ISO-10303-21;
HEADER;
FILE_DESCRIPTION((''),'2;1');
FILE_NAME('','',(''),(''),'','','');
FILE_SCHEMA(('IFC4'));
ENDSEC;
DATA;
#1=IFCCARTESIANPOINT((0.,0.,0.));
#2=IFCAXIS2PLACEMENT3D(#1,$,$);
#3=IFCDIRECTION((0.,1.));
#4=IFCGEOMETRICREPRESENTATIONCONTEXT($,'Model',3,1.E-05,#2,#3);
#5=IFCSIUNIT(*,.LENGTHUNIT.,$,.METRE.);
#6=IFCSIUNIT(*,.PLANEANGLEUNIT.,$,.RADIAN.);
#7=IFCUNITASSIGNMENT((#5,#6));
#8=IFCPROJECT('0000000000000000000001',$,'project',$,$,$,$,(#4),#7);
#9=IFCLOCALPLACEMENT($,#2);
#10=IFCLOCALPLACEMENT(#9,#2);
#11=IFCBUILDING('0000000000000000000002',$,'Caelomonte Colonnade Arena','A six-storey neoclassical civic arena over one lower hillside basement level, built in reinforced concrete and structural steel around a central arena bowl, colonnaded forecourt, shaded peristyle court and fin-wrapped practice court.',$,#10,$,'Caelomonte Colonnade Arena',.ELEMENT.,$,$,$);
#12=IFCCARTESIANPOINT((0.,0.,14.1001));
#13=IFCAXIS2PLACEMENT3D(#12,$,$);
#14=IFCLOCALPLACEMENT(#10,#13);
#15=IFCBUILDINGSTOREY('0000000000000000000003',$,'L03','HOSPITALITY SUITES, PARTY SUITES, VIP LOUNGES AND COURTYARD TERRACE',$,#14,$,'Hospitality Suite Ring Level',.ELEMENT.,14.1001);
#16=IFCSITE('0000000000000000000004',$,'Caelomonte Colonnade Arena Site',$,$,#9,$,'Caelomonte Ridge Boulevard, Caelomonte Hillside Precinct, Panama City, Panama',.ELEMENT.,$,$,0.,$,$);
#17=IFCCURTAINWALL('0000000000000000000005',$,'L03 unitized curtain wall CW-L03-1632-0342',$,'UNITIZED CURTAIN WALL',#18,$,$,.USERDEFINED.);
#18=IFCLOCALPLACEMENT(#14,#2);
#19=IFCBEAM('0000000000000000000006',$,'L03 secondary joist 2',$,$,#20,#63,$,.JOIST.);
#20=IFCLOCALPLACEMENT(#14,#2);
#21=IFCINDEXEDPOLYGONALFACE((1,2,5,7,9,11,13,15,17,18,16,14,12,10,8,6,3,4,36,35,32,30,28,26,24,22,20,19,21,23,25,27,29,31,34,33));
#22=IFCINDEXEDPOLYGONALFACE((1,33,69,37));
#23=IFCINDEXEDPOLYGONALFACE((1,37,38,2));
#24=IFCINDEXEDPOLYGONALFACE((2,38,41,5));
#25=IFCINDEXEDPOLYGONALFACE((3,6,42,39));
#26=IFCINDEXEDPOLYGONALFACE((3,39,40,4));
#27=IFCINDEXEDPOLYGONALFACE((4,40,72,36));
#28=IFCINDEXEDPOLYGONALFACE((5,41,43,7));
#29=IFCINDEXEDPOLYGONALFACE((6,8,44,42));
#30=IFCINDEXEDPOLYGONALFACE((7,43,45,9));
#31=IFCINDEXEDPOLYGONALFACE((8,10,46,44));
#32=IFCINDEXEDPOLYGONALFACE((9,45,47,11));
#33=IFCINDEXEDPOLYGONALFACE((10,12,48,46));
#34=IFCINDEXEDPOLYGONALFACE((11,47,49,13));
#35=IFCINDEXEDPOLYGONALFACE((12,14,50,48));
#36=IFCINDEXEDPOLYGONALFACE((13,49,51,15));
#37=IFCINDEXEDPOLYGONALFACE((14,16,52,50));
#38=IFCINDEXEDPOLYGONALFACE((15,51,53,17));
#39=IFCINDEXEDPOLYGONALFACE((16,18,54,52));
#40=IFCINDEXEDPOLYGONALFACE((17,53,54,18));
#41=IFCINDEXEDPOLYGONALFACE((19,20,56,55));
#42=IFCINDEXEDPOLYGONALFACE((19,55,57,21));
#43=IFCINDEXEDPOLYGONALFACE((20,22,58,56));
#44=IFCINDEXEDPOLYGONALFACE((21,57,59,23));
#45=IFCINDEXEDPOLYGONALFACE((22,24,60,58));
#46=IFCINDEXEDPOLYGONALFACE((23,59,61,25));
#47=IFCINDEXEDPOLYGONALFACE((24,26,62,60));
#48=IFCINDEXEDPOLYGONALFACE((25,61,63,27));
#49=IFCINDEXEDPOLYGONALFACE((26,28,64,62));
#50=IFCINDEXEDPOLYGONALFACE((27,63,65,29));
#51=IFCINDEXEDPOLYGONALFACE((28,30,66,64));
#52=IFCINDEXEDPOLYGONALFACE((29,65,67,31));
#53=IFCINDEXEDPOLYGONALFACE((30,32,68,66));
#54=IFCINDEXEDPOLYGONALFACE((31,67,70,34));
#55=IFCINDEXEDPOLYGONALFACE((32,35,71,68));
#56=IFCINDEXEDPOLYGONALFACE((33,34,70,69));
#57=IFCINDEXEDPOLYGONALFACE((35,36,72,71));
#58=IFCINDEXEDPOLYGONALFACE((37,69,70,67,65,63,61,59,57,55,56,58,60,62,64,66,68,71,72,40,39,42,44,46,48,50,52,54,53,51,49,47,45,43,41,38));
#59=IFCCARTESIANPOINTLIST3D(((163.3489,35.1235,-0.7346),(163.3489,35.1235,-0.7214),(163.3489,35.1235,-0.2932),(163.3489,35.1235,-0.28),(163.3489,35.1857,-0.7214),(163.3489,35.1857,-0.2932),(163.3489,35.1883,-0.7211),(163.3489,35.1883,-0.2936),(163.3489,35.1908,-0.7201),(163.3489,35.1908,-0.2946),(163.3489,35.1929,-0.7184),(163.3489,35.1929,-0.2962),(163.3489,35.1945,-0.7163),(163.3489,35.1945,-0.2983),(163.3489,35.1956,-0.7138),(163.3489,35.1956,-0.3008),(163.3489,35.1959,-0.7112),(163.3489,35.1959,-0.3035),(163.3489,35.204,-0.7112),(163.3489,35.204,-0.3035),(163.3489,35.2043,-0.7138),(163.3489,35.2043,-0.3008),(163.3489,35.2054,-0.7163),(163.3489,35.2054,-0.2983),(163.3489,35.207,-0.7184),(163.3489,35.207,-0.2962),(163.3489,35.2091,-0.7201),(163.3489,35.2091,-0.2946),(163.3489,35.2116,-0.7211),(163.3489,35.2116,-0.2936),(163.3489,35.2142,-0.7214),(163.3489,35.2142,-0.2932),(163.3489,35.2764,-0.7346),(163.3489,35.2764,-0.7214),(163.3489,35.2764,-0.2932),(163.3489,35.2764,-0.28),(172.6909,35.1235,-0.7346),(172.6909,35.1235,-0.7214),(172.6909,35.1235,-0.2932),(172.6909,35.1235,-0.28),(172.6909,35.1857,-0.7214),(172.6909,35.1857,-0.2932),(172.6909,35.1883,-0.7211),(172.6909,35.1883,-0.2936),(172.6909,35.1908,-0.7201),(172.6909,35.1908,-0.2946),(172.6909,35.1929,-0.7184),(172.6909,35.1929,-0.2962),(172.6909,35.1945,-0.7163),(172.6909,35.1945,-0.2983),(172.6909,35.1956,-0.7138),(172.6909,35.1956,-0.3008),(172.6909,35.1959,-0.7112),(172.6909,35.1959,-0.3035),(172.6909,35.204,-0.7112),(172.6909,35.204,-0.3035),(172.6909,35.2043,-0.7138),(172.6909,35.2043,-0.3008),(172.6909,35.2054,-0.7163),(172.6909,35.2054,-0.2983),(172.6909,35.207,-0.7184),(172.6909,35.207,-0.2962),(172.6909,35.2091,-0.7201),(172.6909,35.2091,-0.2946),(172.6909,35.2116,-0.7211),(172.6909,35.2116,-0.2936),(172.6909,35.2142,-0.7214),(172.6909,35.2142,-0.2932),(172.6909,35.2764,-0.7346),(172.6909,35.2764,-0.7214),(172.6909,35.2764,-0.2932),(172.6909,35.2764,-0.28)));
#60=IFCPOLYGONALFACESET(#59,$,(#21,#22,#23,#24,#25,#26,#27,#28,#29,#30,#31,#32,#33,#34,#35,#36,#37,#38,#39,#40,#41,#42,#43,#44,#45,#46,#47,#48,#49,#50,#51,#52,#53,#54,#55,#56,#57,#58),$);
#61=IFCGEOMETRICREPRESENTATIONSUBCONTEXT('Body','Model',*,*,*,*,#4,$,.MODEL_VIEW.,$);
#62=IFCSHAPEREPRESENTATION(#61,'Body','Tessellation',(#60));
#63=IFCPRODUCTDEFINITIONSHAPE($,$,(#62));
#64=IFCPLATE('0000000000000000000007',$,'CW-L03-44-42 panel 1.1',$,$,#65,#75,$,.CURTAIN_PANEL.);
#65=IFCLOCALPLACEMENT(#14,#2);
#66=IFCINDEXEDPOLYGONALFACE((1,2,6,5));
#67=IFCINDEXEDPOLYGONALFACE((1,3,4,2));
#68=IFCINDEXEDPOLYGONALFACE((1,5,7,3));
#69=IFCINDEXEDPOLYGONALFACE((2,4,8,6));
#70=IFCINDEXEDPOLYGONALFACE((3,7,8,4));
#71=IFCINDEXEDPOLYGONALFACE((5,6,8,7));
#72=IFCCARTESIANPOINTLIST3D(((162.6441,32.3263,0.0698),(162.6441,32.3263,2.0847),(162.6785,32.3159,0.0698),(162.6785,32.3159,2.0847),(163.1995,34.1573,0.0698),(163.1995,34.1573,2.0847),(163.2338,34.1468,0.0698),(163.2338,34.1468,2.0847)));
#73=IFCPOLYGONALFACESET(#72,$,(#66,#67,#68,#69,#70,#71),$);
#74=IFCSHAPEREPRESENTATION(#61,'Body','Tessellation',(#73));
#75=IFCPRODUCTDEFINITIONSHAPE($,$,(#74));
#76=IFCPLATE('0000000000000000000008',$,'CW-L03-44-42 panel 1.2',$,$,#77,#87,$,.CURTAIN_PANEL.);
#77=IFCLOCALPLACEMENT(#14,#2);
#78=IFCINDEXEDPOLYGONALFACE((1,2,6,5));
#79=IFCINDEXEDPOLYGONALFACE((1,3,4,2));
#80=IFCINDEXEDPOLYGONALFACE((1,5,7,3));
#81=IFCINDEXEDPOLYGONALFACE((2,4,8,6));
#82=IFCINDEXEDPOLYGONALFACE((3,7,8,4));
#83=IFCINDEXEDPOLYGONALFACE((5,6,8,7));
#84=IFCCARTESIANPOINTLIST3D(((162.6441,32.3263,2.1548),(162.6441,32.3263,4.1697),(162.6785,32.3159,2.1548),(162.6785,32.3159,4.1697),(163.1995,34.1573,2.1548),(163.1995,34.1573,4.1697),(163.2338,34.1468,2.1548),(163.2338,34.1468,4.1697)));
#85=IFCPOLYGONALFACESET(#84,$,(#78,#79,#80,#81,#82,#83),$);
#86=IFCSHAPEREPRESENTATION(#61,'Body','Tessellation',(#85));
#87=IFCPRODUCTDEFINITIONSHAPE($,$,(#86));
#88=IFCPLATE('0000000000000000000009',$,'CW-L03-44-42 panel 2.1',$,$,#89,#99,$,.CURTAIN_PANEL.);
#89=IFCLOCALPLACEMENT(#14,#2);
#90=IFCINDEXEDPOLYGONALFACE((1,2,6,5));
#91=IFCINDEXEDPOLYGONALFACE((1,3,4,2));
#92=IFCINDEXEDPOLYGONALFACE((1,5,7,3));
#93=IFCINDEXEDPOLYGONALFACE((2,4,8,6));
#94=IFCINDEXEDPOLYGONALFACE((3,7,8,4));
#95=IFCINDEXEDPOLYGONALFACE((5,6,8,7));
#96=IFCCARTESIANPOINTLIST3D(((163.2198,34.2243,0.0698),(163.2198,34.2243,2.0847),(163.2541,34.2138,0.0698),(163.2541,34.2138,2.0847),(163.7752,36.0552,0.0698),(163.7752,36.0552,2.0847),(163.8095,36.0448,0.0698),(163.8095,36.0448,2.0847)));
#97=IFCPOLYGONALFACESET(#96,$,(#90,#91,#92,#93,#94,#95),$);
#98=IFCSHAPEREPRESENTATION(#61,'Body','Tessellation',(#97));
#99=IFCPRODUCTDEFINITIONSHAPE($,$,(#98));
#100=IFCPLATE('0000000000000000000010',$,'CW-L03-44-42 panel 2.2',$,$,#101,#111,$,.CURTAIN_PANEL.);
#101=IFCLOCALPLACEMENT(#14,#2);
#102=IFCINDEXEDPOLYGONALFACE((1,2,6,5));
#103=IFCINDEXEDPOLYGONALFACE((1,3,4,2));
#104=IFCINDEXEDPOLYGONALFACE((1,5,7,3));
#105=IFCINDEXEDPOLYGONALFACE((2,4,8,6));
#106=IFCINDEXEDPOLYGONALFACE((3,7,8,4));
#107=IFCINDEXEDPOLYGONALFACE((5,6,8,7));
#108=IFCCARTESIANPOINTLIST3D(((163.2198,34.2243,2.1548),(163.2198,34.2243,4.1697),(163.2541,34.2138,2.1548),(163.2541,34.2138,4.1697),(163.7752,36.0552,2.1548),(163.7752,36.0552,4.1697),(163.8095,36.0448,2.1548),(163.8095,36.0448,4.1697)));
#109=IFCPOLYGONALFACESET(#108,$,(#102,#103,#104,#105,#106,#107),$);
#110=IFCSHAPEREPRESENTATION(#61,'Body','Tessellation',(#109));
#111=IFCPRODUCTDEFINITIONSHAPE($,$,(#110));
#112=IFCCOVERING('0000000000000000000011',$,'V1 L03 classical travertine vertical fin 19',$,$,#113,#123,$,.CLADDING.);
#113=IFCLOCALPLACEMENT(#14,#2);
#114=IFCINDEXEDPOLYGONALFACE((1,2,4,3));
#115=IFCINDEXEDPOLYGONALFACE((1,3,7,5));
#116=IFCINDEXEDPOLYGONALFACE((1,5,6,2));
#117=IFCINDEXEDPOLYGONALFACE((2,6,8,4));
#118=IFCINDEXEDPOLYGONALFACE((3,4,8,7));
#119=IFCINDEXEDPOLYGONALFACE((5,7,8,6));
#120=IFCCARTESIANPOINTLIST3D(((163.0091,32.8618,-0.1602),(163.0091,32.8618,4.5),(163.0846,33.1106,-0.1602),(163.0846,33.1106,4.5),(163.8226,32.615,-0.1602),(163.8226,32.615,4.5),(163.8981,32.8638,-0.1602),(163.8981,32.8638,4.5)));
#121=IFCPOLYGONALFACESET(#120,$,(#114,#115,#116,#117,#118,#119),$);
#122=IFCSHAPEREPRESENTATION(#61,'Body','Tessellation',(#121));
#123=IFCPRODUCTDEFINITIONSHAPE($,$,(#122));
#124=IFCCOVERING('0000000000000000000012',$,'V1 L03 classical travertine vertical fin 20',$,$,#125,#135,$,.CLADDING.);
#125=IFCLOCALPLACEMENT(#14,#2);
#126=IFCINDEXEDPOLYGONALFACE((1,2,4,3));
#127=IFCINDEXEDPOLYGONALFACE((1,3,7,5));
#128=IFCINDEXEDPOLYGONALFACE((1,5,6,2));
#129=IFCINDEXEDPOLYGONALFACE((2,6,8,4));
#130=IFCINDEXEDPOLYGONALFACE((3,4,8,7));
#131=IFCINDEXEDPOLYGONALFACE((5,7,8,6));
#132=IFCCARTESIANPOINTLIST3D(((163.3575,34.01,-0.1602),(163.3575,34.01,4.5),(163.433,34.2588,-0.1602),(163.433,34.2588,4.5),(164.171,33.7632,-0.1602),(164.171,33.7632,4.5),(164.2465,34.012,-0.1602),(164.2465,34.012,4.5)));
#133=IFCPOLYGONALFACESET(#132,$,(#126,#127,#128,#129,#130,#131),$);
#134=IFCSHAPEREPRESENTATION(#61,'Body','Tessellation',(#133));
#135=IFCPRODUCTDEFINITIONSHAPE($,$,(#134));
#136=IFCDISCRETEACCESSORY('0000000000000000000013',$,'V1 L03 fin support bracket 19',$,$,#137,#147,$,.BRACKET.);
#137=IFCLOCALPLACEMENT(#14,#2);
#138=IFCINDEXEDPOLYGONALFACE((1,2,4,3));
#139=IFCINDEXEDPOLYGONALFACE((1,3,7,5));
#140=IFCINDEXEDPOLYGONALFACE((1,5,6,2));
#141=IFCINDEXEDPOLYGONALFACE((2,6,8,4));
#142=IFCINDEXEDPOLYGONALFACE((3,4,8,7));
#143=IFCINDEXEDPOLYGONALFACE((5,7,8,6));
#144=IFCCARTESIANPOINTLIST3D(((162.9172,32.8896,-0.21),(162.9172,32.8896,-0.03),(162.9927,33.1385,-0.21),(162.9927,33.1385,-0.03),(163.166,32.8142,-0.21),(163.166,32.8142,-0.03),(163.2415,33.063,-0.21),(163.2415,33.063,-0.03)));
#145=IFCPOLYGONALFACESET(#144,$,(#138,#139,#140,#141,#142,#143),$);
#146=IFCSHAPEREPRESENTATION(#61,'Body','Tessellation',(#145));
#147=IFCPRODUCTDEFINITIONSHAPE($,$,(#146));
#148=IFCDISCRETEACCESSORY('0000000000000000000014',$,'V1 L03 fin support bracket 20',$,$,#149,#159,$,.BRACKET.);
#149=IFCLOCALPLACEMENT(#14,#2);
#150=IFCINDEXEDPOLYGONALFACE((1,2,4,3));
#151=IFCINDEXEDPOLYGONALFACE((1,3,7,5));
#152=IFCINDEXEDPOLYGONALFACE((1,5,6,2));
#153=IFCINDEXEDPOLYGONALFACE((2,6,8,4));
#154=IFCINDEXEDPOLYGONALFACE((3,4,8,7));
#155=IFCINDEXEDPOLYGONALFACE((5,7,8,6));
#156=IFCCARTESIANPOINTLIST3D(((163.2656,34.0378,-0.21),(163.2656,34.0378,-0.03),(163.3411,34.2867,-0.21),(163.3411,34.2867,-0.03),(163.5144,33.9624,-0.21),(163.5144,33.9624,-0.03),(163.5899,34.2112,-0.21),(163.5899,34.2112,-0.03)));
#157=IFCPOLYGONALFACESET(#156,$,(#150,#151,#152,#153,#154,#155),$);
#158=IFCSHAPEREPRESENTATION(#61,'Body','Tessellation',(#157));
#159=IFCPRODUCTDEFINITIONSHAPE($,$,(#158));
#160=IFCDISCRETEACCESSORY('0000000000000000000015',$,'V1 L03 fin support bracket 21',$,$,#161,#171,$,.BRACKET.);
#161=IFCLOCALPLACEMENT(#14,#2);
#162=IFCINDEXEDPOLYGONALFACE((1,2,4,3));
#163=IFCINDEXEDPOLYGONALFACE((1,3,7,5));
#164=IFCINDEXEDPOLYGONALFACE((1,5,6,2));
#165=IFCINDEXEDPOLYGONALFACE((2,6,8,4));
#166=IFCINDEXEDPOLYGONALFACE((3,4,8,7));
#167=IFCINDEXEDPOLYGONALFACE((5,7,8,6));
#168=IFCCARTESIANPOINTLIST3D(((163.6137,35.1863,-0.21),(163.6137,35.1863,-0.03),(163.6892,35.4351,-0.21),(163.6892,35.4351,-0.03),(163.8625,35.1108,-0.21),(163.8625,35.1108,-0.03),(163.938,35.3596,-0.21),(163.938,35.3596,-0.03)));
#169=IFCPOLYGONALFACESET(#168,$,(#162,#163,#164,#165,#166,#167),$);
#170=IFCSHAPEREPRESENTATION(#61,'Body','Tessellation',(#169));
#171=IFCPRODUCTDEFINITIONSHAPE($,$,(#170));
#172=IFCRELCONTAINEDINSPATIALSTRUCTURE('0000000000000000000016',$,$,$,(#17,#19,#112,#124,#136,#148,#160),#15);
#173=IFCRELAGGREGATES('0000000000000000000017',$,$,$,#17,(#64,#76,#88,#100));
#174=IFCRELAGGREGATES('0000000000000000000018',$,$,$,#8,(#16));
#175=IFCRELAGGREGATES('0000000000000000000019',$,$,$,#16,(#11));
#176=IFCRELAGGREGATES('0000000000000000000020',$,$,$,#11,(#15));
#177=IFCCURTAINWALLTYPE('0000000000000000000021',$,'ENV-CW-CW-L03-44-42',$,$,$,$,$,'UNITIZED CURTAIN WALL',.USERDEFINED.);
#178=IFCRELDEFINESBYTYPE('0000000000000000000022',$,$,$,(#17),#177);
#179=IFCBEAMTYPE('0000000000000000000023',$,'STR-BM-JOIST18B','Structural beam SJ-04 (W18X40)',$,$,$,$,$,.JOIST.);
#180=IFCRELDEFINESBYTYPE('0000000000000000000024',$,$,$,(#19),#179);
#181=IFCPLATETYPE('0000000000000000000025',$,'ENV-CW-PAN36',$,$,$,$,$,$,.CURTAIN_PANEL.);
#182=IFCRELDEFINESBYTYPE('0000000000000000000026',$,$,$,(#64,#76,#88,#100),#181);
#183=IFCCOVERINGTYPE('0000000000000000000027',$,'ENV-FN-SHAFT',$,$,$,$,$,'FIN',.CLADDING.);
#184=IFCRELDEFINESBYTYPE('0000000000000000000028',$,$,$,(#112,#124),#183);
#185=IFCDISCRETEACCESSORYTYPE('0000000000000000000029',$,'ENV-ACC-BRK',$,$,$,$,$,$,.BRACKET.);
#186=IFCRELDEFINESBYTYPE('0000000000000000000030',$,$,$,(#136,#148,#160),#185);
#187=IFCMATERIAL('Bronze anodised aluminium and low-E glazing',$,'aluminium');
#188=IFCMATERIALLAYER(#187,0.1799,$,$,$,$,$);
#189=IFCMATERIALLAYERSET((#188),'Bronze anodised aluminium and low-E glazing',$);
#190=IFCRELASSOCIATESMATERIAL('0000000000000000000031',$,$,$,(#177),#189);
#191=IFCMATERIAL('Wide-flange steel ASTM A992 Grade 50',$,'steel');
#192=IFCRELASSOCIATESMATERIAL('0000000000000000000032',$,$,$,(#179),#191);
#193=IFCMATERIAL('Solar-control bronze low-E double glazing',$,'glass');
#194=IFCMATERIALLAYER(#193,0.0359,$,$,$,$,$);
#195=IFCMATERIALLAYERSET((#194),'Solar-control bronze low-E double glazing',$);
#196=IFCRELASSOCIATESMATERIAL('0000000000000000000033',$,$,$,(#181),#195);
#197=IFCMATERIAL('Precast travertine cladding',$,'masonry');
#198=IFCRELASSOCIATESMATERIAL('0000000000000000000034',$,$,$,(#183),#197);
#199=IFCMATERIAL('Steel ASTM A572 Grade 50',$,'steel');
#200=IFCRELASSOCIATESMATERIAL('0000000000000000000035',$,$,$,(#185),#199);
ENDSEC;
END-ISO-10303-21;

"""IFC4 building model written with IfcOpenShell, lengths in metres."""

from ifc_helpers import new_model, si_unit, direction, frame, origin, origin_2d, place, context, subcontext, project, spatial, rectangle, i_section, extrude, material, layer, layer_set, material_profile, profile_set, type_object, element, aggregate, save


model = new_model("IFC4")

# Units and contexts
model_context = context("Model", 3, precision=1e-05, world=origin(), true_north=direction((0.0, 1.0)))
body_context = subcontext(model_context, "Body", "Model", "MODEL_VIEW")
ifc_project = project(units=[si_unit("LENGTHUNIT", "METRE"), si_unit("PLANEANGLEUNIT", "RADIAN")], contexts=[model_context])

# Site, building, storey
site_placement = place(None, origin())
site = spatial("IfcSite", under=ifc_project, at=site_placement, Name="Caelomonte Colonnade Arena Site", LongName="Caelomonte Ridge Boulevard, Caelomonte Hillside Precinct, Panama City, Panama", CompositionType="ELEMENT", RefElevation=0.0)
building_placement = place(site_placement, origin())
building = spatial("IfcBuilding", under=site, at=building_placement, Name="Caelomonte Colonnade Arena", Description="A six-storey neoclassical civic arena over one lower hillside basement level, built in reinforced concrete and structural steel around a central arena bowl, colonnaded forecourt, shaded peristyle court and fin-wrapped practice court.", LongName="Caelomonte Colonnade Arena", CompositionType="ELEMENT")
storey_placement = place(building_placement, frame((0.0, 0.0, 14.1001)))
storey = spatial("IfcBuildingStorey", under=building, at=storey_placement, Name="L03", Description="HOSPITALITY SUITES, PARTY SUITES, VIP LOUNGES AND COURTYARD TERRACE", LongName="Hospitality Suite Ring Level", CompositionType="ELEMENT", Elevation=14.1001)

# Shared definitions
ifc_material_1 = material(Name="Wide-flange steel ASTM A992 Grade 50", Category="steel")

# Curtain wall
ifc_material_2 = material(Name="Bronze anodised aluminium and low-E glazing", Category="aluminium")
ifc_layer_1 = layer(ifc_material_2, 0.1799)
ifc_layer_set_1 = layer_set([ifc_layer_1], Name="Bronze anodised aluminium and low-E glazing")
curtain_wall_type = type_object("IfcCurtainWallType", Name="ENV-CW-CW-L03-44-42", ElementType="UNITIZED CURTAIN WALL", PredefinedType="USERDEFINED", material=ifc_layer_set_1)
curtain_wall_placement = place(storey_placement, origin())
curtain_wall = element("IfcCurtainWall", 1, at=curtain_wall_placement, inside=storey, type_object=curtain_wall_type, Name="L03 unitized curtain wall CW-L03-1632-0342", ObjectType="UNITIZED CURTAIN WALL", PredefinedType="USERDEFINED")

# Beam
ifc_material_profile_1 = material_profile(ifc_material_1, i_section(OverallWidth=0.1528, OverallDepth=0.4546, WebThickness=0.0081, FlangeThickness=0.0132, FilletRadius=0.0103, at=origin_2d()), Name="W18X40")
ifc_profile_set_1 = profile_set([ifc_material_profile_1], Name="Wide-flange steel ASTM A992 Grade 50")
beam_type_1 = type_object("IfcBeamType", Name="STR-BM-JOIST18B", Description="Structural beam SJ-04 (W18X40)", PredefinedType="JOIST", material=ifc_profile_set_1)
for number, where, z_axis, x_axis, name in (
    (2, (163.3489, 35.2, -0.5073), (1.0, 0.0, 0.0), (0.0, 1.0, 0.0), "L03 secondary joist 2"),
):
    element("IfcBeam", number, at=place(storey_placement, frame(where, z_axis=z_axis, x_axis=x_axis)), inside=storey, type_object=beam_type_1, Name=name, PredefinedType="JOIST", context=body_context, shape_type="SweptSolid", body=[
        extrude(i_section(OverallWidth=0.1528, OverallDepth=0.4546, WebThickness=0.0081, FlangeThickness=0.0132, FilletRadius=0.0103, at=origin_2d()), origin(), (0.0, 0.0, 1.0), 9.342),
    ])

# Plates
ifc_material_3 = material(Name="Solar-control bronze low-E double glazing", Category="glass")
ifc_layer_2 = layer(ifc_material_3, 0.0359)
ifc_layer_set_2 = layer_set([ifc_layer_2], Name="Solar-control bronze low-E double glazing")
plate_type = type_object("IfcPlateType", Name="ENV-CW-PAN36", PredefinedType="CURTAIN_PANEL", material=ifc_layer_set_2)
plate_1_placement = place(storey_placement, frame((162.939, 33.2366, 0.0698), z_axis=(0.0, 0.0, 1.0), x_axis=(0.290256, 0.956949, 0.0)))
plate_1 = element("IfcPlate", 3, at=plate_1_placement, type_object=plate_type, Name="CW-L03-44-42 panel 1.1", PredefinedType="CURTAIN_PANEL", context=body_context, shape_type="SweptSolid", body=[
    extrude(rectangle(XDim=1.9133, YDim=0.0359, at=origin_2d()), origin(), (0.0, 0.0, 1.0), 2.0149),
])
plate_2_placement = place(storey_placement, frame((162.939, 33.2366, 2.1548), z_axis=(0.0, 0.0, 1.0), x_axis=(0.290256, 0.956949, 0.0)))
plate_2 = element("IfcPlate", 4, at=plate_2_placement, type_object=plate_type, Name="CW-L03-44-42 panel 1.2", PredefinedType="CURTAIN_PANEL", context=body_context, shape_type="SweptSolid", body=[
    extrude(rectangle(XDim=1.9133, YDim=0.0359, at=origin_2d()), origin(), (0.0, 0.0, 1.0), 2.0149),
])
plate_3_placement = place(storey_placement, frame((163.5146, 35.1345, 0.0698), z_axis=(0.0, 0.0, 1.0), x_axis=(0.290256, 0.956949, 0.0)))
plate_3 = element("IfcPlate", 5, at=plate_3_placement, type_object=plate_type, Name="CW-L03-44-42 panel 2.1", PredefinedType="CURTAIN_PANEL", context=body_context, shape_type="SweptSolid", body=[
    extrude(rectangle(XDim=1.9133, YDim=0.0359, at=origin_2d()), origin(), (0.0, 0.0, 1.0), 2.0149),
])
plate_4_placement = place(storey_placement, frame((163.5146, 35.1345, 2.1548), z_axis=(0.0, 0.0, 1.0), x_axis=(0.290256, 0.956949, 0.0)))
plate_4 = element("IfcPlate", 6, at=plate_4_placement, type_object=plate_type, Name="CW-L03-44-42 panel 2.2", PredefinedType="CURTAIN_PANEL", context=body_context, shape_type="SweptSolid", body=[
    extrude(rectangle(XDim=1.9133, YDim=0.0359, at=origin_2d()), origin(), (0.0, 0.0, 1.0), 2.0149),
])
aggregate(curtain_wall, [plate_1, plate_2, plate_3, plate_4])

# Coverings
ifc_material_4 = material(Name="Precast travertine cladding", Category="masonry")
ifc_material_profile_2 = material_profile(ifc_material_4, rectangle(XDim=0.26, YDim=0.8501, at=origin_2d()), Name="FIN260X850")
ifc_profile_set_2 = profile_set([ifc_material_profile_2], Name="Precast travertine cladding")
covering_type = type_object("IfcCoveringType", Name="ENV-FN-SHAFT", ElementType="FIN", PredefinedType="CLADDING", material=ifc_profile_set_2)
for number, where, z_axis, x_axis, name in (
    (7, (163.4536, 32.8628, -0.1602), (0.0, 0.0, 1.0), (-0.290276, -0.956943, 0.0), "V1 L03 classical travertine vertical fin 19"),
    (8, (163.802, 34.011, -0.1602), (0.0, 0.0, 1.0), (-0.290276, -0.956943, 0.0), "V1 L03 classical travertine vertical fin 20"),
):
    element("IfcCovering", number, at=place(storey_placement, frame(where, z_axis=z_axis, x_axis=x_axis)), inside=storey, type_object=covering_type, Name=name, PredefinedType="CLADDING", context=body_context, shape_type="SweptSolid", body=[
        extrude(rectangle(XDim=0.26, YDim=0.8501, at=origin_2d()), origin(), (0.0, 0.0, 1.0), 4.6602),
    ])

# Discrete accessories
ifc_material_5 = material(Name="Steel ASTM A572 Grade 50", Category="steel")
discrete_accessory_type = type_object("IfcDiscreteAccessoryType", Name="ENV-ACC-BRK", PredefinedType="BRACKET", material=ifc_material_5)
for number, where, z_axis, x_axis, name in (
    (9, (163.0793, 32.9763, -0.21), (0.0, 0.0, 1.0), (0.290276, 0.956943, 0.0), "V1 L03 fin support bracket 19"),
    (10, (163.4277, 34.1245, -0.21), (0.0, 0.0, 1.0), (0.290276, 0.956943, 0.0), "V1 L03 fin support bracket 20"),
    (11, (163.7759, 35.2729, -0.21), (0.0, 0.0, 1.0), (0.290276, 0.956943, 0.0), "V1 L03 fin support bracket 21"),
):
    element("IfcDiscreteAccessory", number, at=place(storey_placement, frame(where, z_axis=z_axis, x_axis=x_axis)), inside=storey, type_object=discrete_accessory_type, Name=name, PredefinedType="BRACKET", context=body_context, shape_type="SweptSolid", body=[
        extrude(rectangle(XDim=0.26, YDim=0.26, at=origin_2d()), origin(), (0.0, 0.0, 1.0), 0.1799),
    ])

save(model, "model.ifc")
